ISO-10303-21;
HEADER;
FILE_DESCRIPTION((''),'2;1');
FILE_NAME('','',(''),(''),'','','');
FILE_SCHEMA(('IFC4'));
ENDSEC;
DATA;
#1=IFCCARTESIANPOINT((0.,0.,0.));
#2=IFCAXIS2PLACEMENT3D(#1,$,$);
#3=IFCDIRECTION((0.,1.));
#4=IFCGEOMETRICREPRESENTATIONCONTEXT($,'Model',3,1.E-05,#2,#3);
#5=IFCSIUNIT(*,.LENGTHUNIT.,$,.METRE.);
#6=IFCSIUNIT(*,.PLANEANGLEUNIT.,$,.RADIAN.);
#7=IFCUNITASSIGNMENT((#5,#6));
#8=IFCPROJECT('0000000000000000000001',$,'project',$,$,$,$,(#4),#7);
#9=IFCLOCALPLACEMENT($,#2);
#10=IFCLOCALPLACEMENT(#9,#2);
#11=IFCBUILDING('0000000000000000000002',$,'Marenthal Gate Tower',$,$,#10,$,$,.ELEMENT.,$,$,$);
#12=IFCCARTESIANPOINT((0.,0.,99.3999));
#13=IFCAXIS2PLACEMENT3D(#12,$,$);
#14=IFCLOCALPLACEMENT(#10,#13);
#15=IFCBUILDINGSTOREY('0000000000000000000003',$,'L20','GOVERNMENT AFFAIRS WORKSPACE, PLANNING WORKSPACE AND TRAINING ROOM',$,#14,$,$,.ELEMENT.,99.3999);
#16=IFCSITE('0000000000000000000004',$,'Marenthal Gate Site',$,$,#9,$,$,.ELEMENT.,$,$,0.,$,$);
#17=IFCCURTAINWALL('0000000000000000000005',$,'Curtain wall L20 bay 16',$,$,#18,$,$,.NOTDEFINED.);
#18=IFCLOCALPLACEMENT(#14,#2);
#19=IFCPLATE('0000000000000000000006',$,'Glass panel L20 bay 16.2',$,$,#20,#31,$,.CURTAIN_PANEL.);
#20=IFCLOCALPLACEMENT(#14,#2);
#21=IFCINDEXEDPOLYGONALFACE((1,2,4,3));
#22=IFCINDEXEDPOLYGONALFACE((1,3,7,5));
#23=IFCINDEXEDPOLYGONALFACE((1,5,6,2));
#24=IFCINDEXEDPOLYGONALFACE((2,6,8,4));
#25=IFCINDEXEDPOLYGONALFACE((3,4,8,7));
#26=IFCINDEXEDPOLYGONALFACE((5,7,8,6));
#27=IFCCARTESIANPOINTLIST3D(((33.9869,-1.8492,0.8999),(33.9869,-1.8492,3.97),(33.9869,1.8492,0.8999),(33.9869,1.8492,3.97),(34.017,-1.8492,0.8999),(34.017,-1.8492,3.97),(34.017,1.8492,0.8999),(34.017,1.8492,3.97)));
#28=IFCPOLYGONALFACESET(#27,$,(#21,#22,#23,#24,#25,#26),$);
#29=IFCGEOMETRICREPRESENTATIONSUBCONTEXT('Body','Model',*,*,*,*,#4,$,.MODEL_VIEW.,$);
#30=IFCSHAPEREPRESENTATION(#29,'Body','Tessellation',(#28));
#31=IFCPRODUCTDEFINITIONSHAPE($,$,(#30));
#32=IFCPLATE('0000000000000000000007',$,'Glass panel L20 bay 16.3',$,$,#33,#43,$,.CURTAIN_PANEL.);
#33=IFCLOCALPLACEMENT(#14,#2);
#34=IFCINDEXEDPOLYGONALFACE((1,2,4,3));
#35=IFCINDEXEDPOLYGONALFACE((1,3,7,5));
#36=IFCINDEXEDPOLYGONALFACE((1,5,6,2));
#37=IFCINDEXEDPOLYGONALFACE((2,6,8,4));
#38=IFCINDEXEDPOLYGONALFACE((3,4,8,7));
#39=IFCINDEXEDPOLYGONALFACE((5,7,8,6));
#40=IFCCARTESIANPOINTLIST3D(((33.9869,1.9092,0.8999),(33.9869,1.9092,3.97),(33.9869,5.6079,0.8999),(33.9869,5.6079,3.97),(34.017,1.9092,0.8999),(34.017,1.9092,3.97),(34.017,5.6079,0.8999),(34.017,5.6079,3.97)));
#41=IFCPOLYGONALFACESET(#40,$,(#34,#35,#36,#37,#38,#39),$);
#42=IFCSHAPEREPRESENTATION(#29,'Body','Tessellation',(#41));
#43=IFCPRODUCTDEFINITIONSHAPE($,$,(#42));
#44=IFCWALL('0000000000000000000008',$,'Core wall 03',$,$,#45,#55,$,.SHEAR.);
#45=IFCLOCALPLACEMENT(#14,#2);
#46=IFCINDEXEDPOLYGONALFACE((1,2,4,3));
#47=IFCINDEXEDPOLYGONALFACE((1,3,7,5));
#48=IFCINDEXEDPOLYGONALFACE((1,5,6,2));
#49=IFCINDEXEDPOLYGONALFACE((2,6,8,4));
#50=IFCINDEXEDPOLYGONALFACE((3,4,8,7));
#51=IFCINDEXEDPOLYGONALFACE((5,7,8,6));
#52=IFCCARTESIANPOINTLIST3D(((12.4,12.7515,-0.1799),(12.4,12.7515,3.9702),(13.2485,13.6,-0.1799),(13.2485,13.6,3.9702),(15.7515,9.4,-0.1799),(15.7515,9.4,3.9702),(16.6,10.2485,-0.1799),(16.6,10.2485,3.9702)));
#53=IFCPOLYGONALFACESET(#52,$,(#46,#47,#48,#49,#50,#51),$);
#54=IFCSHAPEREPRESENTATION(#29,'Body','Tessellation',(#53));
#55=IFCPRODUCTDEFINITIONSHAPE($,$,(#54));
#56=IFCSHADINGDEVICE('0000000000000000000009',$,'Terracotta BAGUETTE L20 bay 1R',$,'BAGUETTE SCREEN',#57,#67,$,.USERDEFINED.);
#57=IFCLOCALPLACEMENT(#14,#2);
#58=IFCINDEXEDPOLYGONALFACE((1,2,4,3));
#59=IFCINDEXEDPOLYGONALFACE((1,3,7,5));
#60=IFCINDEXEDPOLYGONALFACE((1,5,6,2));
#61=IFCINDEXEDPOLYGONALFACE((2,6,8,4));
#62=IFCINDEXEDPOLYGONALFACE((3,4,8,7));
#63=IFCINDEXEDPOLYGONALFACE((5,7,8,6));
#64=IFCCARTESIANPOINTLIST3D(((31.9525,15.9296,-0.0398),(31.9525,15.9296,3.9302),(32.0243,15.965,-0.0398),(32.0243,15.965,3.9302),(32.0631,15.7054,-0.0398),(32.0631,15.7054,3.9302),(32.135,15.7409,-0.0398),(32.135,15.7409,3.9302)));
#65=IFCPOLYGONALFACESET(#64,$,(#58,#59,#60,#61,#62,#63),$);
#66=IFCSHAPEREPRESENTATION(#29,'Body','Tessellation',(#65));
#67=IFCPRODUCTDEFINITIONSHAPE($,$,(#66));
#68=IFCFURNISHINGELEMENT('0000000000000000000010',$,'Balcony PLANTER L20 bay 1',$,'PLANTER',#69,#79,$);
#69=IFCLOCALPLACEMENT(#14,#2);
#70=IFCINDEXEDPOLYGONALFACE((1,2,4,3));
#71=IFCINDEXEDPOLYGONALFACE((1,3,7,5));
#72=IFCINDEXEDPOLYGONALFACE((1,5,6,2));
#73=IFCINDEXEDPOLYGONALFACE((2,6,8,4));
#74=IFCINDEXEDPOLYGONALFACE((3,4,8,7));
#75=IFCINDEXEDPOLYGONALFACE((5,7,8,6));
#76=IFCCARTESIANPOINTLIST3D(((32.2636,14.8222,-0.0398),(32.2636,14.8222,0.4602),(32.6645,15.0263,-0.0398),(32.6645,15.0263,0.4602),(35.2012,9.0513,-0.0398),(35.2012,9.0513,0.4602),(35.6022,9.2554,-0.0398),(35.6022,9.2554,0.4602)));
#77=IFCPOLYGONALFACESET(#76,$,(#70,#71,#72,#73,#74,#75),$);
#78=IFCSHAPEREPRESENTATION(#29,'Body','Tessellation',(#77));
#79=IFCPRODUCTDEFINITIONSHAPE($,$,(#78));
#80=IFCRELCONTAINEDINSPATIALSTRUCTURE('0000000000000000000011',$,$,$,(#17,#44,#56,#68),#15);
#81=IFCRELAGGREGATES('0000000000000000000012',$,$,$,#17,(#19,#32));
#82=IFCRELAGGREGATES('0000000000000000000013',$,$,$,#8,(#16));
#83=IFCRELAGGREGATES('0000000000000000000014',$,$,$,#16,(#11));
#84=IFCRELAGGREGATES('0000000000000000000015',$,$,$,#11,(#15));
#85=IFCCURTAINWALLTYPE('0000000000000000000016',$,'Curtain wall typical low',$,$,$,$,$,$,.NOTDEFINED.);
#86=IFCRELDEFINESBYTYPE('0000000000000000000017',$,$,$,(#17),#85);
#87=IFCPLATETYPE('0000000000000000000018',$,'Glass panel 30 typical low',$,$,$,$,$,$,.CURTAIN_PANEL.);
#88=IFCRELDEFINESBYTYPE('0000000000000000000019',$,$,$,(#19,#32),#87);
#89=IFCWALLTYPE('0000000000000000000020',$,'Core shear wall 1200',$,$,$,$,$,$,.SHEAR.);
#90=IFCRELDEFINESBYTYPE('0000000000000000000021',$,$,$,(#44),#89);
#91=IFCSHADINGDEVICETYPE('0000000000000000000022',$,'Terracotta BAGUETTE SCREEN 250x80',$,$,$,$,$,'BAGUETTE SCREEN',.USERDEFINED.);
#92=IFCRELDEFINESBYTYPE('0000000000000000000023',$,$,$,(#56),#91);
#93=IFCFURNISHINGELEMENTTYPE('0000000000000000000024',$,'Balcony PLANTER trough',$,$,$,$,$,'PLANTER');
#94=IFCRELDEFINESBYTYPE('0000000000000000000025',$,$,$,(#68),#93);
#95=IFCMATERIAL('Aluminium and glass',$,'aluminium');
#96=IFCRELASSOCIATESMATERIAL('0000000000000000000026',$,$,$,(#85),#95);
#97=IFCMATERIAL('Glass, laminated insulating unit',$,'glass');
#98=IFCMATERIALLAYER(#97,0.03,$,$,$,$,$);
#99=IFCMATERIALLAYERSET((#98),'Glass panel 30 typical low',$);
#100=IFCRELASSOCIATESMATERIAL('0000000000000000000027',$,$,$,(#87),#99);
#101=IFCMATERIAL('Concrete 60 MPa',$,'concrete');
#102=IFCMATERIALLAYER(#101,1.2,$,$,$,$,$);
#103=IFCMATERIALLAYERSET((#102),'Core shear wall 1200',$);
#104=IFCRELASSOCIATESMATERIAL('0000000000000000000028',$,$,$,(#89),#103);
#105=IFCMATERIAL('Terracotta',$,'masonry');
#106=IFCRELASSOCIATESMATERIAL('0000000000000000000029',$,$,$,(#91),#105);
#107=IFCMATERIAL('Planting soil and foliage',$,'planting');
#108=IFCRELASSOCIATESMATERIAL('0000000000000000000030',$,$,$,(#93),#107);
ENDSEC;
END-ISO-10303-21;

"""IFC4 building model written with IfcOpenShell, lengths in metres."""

from ifc_helpers import new_model, si_unit, direction, frame, frame_2d, origin, origin_2d, place, context, subcontext, project, spatial, rectangle, extrude, material, layer, layer_set, material_profile, profile_set, type_object, element, aggregate, save


model = new_model("IFC4")

# Units and contexts
model_context = context("Model", 3, precision=1e-05, world=origin(), true_north=direction((0.0, 1.0)))
body_context = subcontext(model_context, "Body", "Model", "MODEL_VIEW")
ifc_project = project(units=[si_unit("LENGTHUNIT", "METRE"), si_unit("PLANEANGLEUNIT", "RADIAN")], contexts=[model_context])

# Site, building, storey
site_placement = place(None, origin())
site = spatial("IfcSite", under=ifc_project, at=site_placement, Name="Marenthal Gate Site", CompositionType="ELEMENT", RefElevation=0.0)
building_placement = place(site_placement, origin())
building = spatial("IfcBuilding", under=site, at=building_placement, Name="Marenthal Gate Tower", CompositionType="ELEMENT")
storey_placement = place(building_placement, frame((0.0, 0.0, 99.3999)))
storey = spatial("IfcBuildingStorey", under=building, at=storey_placement, Name="L20", Description="GOVERNMENT AFFAIRS WORKSPACE, PLANNING WORKSPACE AND TRAINING ROOM", CompositionType="ELEMENT", Elevation=99.3999)

# Curtain wall
ifc_material_1 = material(Name="Aluminium and glass", Category="aluminium")
curtain_wall_type = type_object("IfcCurtainWallType", Name="Curtain wall typical low", PredefinedType="NOTDEFINED", material=ifc_material_1)
curtain_wall_placement = place(storey_placement, origin())
curtain_wall = element("IfcCurtainWall", 1, at=curtain_wall_placement, inside=storey, type_object=curtain_wall_type, Name="Curtain wall L20 bay 16", PredefinedType="NOTDEFINED")

# Plates
ifc_material_2 = material(Name="Glass, laminated insulating unit", Category="glass")
ifc_layer_1 = layer(ifc_material_2, 0.03)
ifc_layer_set_1 = layer_set([ifc_layer_1], Name="Glass panel 30 typical low")
plate_type = type_object("IfcPlateType", Name="Glass panel 30 typical low", PredefinedType="CURTAIN_PANEL", material=ifc_layer_set_1)
plate_1_placement = place(storey_placement, frame((34.002, 0.0, 0.8999), z_axis=(0.0, 0.0, 1.0), x_axis=(0.0, 1.0, 0.0)))
plate_1 = element("IfcPlate", 2, at=plate_1_placement, type_object=plate_type, Name="Glass panel L20 bay 16.2", PredefinedType="CURTAIN_PANEL", context=body_context, shape_type="SweptSolid", body=[
    extrude(rectangle(XDim=3.6985, YDim=0.03, at=origin_2d()), origin(), (0.0, 0.0, 1.0), 3.0701),
])
plate_2_placement = place(storey_placement, frame((34.002, 3.7585, 0.8999), z_axis=(0.0, 0.0, 1.0), x_axis=(0.0, 1.0, 0.0)))
plate_2 = element("IfcPlate", 3, at=plate_2_placement, type_object=plate_type, Name="Glass panel L20 bay 16.3", PredefinedType="CURTAIN_PANEL", context=body_context, shape_type="SweptSolid", body=[
    extrude(rectangle(XDim=3.6987, YDim=0.03, at=origin_2d()), origin(), (0.0, 0.0, 1.0), 3.0701),
])
aggregate(curtain_wall, [plate_1, plate_2])

# Wall
ifc_material_3 = material(Name="Concrete 60 MPa", Category="concrete")
ifc_layer_2 = layer(ifc_material_3, 1.2)
ifc_layer_set_2 = layer_set([ifc_layer_2], Name="Core shear wall 1200")
wall_type_1 = type_object("IfcWallType", Name="Core shear wall 1200", PredefinedType="SHEAR", material=ifc_layer_set_2)
wall_1_placement = place(storey_placement, frame((16.1758, 9.8242, -0.1799), z_axis=(0.0, 0.0, 1.0), x_axis=(-0.707107, 0.707107, 0.0)))
element("IfcWall", 4, at=wall_1_placement, inside=storey, type_object=wall_type_1, Name="Core wall 03", PredefinedType="SHEAR", context=body_context, shape_type="SweptSolid", body=[
    extrude(rectangle(XDim=4.7397, YDim=1.2, at=frame_2d((2.3699, 0.0))), origin(), (0.0, 0.0, 1.0), 4.1501),
])

# Shading device
ifc_material_4 = material(Name="Terracotta", Category="masonry")
ifc_material_profile_1 = material_profile(ifc_material_4, rectangle(XDim=0.25, YDim=0.0801, at=origin_2d()), Name="Terracotta baguette 250x80")
ifc_profile_set_1 = profile_set([ifc_material_profile_1], Name="Terracotta")
shading_device_type = type_object("IfcShadingDeviceType", Name="Terracotta BAGUETTE SCREEN 250x80", ElementType="BAGUETTE SCREEN", PredefinedType="USERDEFINED", material=ifc_profile_set_1)
shading_device_placement = place(storey_placement, frame((32.0437, 15.8352, -0.0398), z_axis=(0.0, 0.0, 1.0), x_axis=(-0.44279, 0.896625, 0.0)))
element("IfcShadingDevice", 5, at=shading_device_placement, inside=storey, type_object=shading_device_type, Name="Terracotta BAGUETTE L20 bay 1R", ObjectType="BAGUETTE SCREEN", PredefinedType="USERDEFINED", context=body_context, shape_type="SweptSolid", body=[
    extrude(rectangle(XDim=0.25, YDim=0.0801, at=origin_2d()), origin(), (0.0, 0.0, 1.0), 3.97),
])

# Furnishing element
ifc_material_5 = material(Name="Planting soil and foliage", Category="planting")
furnishing_element_type = type_object("IfcFurnishingElementType", Name="Balcony PLANTER trough", ElementType="PLANTER", material=ifc_material_5)
furnishing_placement = place(storey_placement, frame((33.9329, 12.0388, -0.0398), z_axis=(0.0, 0.0, 1.0), x_axis=(-0.453646, 0.891182, 0.0)))
element("IfcFurnishingElement", 6, at=furnishing_placement, inside=storey, type_object=furnishing_element_type, Name="Balcony PLANTER L20 bay 1", ObjectType="PLANTER", context=body_context, shape_type="SweptSolid", body=[
    extrude(rectangle(XDim=6.4756, YDim=0.45, at=origin_2d()), origin(), (0.0, 0.0, 1.0), 0.5),
])

save(model, "model.ifc")
